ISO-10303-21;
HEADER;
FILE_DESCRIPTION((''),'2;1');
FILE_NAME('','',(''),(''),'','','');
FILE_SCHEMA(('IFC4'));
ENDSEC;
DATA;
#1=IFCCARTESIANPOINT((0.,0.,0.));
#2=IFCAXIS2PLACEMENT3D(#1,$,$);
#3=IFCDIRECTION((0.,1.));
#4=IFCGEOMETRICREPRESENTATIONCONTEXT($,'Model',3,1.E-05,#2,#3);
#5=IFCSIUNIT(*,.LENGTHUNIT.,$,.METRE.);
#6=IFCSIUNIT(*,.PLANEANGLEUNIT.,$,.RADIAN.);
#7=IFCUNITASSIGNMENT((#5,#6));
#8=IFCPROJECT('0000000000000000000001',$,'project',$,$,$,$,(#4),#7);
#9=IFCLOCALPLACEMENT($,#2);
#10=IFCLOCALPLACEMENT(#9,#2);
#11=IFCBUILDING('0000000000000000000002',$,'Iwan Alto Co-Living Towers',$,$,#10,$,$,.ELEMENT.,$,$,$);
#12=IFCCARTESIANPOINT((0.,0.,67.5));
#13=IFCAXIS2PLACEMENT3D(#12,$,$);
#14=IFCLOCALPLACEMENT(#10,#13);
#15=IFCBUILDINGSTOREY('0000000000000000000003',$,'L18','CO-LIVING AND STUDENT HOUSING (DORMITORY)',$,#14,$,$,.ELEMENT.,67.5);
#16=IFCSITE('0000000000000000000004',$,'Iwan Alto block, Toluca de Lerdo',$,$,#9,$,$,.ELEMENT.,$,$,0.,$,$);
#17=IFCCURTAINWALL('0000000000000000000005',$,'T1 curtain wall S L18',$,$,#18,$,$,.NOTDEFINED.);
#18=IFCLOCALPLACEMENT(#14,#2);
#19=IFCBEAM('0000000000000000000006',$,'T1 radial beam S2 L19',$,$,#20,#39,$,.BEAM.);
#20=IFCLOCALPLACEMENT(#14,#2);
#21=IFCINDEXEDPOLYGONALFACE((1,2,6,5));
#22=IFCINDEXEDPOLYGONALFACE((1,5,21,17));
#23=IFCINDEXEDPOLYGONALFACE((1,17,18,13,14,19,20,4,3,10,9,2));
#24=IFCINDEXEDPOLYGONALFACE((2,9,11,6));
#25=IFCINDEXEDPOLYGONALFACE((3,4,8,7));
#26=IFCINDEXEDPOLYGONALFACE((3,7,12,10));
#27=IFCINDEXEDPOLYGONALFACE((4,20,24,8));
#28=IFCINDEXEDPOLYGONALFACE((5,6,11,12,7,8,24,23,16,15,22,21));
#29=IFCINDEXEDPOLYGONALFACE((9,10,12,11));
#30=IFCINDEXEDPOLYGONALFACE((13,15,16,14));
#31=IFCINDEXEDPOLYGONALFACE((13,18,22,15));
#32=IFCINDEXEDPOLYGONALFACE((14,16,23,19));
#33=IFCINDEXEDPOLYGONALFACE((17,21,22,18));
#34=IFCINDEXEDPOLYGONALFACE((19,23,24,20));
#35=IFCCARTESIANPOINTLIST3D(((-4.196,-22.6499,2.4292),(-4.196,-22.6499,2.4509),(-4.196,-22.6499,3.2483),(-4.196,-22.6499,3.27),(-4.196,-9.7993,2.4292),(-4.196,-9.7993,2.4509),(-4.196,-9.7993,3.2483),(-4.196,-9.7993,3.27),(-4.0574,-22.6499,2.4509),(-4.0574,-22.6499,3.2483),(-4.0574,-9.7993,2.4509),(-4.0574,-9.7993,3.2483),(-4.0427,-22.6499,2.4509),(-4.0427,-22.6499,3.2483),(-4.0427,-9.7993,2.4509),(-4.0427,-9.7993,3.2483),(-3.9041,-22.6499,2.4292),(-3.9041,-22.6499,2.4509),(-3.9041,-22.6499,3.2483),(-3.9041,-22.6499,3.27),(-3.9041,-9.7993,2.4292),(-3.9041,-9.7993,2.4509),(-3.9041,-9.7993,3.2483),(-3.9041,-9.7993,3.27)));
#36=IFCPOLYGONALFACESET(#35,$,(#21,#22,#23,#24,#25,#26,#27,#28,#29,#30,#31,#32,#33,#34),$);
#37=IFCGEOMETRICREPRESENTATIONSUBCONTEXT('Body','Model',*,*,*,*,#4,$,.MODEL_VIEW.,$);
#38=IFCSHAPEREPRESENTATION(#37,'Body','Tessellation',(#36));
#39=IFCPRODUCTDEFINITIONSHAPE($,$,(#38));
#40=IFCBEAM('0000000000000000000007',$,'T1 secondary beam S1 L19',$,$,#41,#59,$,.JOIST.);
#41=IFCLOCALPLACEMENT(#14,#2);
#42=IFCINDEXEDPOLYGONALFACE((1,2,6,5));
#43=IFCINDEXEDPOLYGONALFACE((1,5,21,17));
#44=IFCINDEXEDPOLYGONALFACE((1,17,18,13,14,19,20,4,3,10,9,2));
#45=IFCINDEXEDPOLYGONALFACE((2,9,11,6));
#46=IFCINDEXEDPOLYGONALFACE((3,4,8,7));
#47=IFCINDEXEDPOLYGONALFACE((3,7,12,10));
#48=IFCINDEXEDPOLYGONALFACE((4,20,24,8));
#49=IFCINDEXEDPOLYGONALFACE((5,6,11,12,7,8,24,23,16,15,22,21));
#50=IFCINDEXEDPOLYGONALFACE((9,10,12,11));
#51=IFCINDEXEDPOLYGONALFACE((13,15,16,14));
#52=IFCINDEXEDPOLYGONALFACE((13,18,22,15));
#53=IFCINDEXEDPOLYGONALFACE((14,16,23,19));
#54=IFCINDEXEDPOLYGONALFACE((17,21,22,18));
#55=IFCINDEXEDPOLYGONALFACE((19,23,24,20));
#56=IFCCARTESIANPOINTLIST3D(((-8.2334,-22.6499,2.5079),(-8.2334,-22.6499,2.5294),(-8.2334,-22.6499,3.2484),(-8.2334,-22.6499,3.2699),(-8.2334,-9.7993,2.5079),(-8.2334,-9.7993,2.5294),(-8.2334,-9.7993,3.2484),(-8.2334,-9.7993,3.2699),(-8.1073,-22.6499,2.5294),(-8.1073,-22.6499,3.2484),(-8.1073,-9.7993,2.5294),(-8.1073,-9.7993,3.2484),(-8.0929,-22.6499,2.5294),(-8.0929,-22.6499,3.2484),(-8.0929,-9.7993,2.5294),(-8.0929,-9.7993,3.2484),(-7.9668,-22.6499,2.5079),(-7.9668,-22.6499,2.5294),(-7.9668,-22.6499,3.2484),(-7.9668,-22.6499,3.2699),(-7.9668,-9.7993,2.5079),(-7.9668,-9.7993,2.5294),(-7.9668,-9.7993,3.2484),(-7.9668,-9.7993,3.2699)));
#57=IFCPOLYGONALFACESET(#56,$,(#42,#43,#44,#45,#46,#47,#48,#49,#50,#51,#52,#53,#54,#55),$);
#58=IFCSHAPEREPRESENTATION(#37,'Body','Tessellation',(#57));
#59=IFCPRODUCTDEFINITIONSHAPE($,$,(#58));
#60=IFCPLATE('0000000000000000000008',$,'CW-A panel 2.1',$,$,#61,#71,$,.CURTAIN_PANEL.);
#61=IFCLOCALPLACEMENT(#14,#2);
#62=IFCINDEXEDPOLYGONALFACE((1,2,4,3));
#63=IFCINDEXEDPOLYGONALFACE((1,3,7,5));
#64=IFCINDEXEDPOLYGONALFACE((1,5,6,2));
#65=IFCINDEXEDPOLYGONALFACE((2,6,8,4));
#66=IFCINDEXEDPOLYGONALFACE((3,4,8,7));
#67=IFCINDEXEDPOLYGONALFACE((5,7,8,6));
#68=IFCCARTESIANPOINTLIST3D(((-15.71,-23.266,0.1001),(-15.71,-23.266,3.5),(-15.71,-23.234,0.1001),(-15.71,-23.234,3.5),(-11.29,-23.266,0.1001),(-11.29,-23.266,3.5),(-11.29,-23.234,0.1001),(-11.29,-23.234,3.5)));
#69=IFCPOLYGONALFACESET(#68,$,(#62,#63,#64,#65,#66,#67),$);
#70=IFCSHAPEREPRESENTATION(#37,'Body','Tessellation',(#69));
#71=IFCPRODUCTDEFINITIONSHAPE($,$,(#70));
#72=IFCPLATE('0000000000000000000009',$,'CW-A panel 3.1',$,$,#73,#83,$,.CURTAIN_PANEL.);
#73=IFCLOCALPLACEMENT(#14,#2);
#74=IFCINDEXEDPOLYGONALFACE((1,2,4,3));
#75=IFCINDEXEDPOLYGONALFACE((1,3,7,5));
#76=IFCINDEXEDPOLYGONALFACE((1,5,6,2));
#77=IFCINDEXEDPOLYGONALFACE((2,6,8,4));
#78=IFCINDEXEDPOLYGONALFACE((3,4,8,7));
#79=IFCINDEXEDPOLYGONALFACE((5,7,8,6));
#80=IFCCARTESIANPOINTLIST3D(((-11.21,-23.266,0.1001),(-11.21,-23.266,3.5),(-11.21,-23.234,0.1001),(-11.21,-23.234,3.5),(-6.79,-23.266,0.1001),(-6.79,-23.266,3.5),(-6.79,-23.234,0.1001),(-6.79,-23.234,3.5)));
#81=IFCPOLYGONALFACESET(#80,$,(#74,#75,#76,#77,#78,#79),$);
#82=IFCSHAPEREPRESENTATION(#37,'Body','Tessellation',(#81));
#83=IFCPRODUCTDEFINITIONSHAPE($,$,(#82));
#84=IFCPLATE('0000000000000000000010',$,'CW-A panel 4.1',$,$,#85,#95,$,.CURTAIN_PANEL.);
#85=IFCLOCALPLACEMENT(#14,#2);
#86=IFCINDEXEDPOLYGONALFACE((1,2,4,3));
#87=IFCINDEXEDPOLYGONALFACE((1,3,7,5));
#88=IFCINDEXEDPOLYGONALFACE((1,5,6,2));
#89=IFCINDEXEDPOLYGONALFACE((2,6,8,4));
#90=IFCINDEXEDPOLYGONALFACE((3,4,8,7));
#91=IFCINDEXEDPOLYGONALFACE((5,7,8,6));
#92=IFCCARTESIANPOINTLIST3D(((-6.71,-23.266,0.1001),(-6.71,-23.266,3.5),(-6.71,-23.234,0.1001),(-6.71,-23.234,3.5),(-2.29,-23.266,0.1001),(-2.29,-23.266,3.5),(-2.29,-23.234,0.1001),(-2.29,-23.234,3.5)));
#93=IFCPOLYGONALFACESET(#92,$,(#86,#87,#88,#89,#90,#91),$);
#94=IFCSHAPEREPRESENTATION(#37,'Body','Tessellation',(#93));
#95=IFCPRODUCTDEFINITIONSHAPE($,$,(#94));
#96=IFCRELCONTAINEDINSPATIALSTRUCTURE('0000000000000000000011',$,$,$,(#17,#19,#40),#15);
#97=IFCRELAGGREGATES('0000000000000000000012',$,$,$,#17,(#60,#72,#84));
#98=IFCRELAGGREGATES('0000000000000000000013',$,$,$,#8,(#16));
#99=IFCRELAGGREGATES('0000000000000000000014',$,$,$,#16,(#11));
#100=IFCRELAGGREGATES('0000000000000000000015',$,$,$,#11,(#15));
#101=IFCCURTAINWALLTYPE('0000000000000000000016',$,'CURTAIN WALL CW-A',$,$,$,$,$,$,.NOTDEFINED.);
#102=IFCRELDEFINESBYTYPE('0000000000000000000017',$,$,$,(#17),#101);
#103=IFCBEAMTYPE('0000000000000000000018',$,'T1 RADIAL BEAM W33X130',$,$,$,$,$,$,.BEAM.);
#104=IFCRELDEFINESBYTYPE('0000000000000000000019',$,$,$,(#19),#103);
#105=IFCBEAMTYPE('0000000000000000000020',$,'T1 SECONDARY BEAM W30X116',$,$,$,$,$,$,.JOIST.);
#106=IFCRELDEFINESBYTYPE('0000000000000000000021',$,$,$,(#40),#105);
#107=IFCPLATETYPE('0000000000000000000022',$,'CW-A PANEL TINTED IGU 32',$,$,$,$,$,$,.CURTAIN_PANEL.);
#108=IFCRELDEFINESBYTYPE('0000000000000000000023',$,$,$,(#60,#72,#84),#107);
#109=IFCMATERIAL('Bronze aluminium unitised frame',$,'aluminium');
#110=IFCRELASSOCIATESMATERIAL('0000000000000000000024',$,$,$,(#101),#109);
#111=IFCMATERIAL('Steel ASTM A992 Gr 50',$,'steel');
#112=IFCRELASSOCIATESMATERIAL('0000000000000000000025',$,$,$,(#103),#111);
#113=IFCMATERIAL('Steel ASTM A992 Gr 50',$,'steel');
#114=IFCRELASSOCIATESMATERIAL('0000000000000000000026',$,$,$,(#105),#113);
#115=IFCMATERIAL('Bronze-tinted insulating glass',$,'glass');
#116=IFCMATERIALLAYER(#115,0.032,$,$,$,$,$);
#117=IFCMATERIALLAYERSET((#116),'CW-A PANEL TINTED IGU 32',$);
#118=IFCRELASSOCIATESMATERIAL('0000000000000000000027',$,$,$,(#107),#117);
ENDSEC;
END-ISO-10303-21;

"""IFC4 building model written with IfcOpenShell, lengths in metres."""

from ifc_helpers import new_model, si_unit, direction, frame, origin, origin_2d, place, context, subcontext, project, spatial, rectangle, i_section, extrude, material, layer, layer_set, material_profile, profile_set, type_object, element, aggregate, save


model = new_model("IFC4")

# Units and contexts
model_context = context("Model", 3, precision=1e-05, world=origin(), true_north=direction((0.0, 1.0)))
body_context = subcontext(model_context, "Body", "Model", "MODEL_VIEW")
ifc_project = project(units=[si_unit("LENGTHUNIT", "METRE"), si_unit("PLANEANGLEUNIT", "RADIAN")], contexts=[model_context])

# Site, building, storey
site_placement = place(None, origin())
site = spatial("IfcSite", under=ifc_project, at=site_placement, Name="Iwan Alto block, Toluca de Lerdo", CompositionType="ELEMENT", RefElevation=0.0)
building_placement = place(site_placement, origin())
building = spatial("IfcBuilding", under=site, at=building_placement, Name="Iwan Alto Co-Living Towers", CompositionType="ELEMENT")
storey_placement = place(building_placement, frame((0.0, 0.0, 67.5)))
storey = spatial("IfcBuildingStorey", under=building, at=storey_placement, Name="L18", Description="CO-LIVING AND STUDENT HOUSING (DORMITORY)", CompositionType="ELEMENT", Elevation=67.5)

# Curtain wall
ifc_material_1 = material(Name="Bronze aluminium unitised frame", Category="aluminium")
curtain_wall_type = type_object("IfcCurtainWallType", Name="CURTAIN WALL CW-A", PredefinedType="NOTDEFINED", material=ifc_material_1)
curtain_wall_placement = place(storey_placement, origin())
curtain_wall = element("IfcCurtainWall", 1, at=curtain_wall_placement, inside=storey, type_object=curtain_wall_type, Name="T1 curtain wall S L18", PredefinedType="NOTDEFINED")

# Beams
ifc_material_2 = material(Name="Steel ASTM A992 Gr 50", Category="steel")
ifc_material_profile_1 = material_profile(ifc_material_2, i_section(OverallWidth=0.292, OverallDepth=0.8408, WebThickness=0.0146, FlangeThickness=0.0217, at=origin_2d()), Name="W33X130")
ifc_profile_set_1 = profile_set([ifc_material_profile_1], Name="Steel ASTM A992 Gr 50")
beam_type_1 = type_object("IfcBeamType", Name="T1 RADIAL BEAM W33X130", PredefinedType="BEAM", material=ifc_profile_set_1)
beam_1_placement = place(storey_placement, frame((-4.05, -22.6499, 2.8496), z_axis=(0.0, 1.0, 0.0), x_axis=(-1.0, 0.0, 0.0)))
element("IfcBeam", 2, at=beam_1_placement, inside=storey, type_object=beam_type_1, Name="T1 radial beam S2 L19", PredefinedType="BEAM", context=body_context, shape_type="SweptSolid", body=[
    extrude(i_section(OverallWidth=0.292, OverallDepth=0.8408, WebThickness=0.0146, FlangeThickness=0.0217, at=origin_2d()), origin(), (0.0, 0.0, 1.0), 12.8506),
])
ifc_material_3 = material(Name="Steel ASTM A992 Gr 50", Category="steel")
ifc_material_profile_2 = material_profile(ifc_material_3, i_section(OverallWidth=0.2666, OverallDepth=0.762, WebThickness=0.0144, FlangeThickness=0.0215, at=origin_2d()), Name="W30X116")
ifc_profile_set_2 = profile_set([ifc_material_profile_2], Name="Steel ASTM A992 Gr 50")
beam_type_2 = type_object("IfcBeamType", Name="T1 SECONDARY BEAM W30X116", PredefinedType="JOIST", material=ifc_profile_set_2)
beam_2_placement = place(storey_placement, frame((-8.1001, -22.6499, 2.8889), z_axis=(0.0, 1.0, 0.0), x_axis=(-1.0, 0.0, 0.0)))
element("IfcBeam", 3, at=beam_2_placement, inside=storey, type_object=beam_type_2, Name="T1 secondary beam S1 L19", PredefinedType="JOIST", context=body_context, shape_type="SweptSolid", body=[
    extrude(i_section(OverallWidth=0.2666, OverallDepth=0.762, WebThickness=0.0144, FlangeThickness=0.0215, at=origin_2d()), origin(), (0.0, 0.0, 1.0), 12.8506),
])

# Plates
ifc_material_4 = material(Name="Bronze-tinted insulating glass", Category="glass")
ifc_layer_1 = layer(ifc_material_4, 0.032)
ifc_layer_set_1 = layer_set([ifc_layer_1], Name="CW-A PANEL TINTED IGU 32")
plate_type = type_object("IfcPlateType", Name="CW-A PANEL TINTED IGU 32", PredefinedType="CURTAIN_PANEL", material=ifc_layer_set_1)
plate_1_placement = place(storey_placement, frame((-13.5, -23.25, 0.1001), z_axis=(0.0, 0.0, 1.0), x_axis=(1.0, 0.0, 0.0)))
plate_1 = element("IfcPlate", 4, at=plate_1_placement, type_object=plate_type, Name="CW-A panel 2.1", PredefinedType="CURTAIN_PANEL", context=body_context, shape_type="SweptSolid", body=[
    extrude(rectangle(XDim=4.4199, YDim=0.032, at=origin_2d()), origin(), (0.0, 0.0, 1.0), 3.3999),
])
plate_2_placement = place(storey_placement, frame((-9.0, -23.25, 0.1001), z_axis=(0.0, 0.0, 1.0), x_axis=(1.0, 0.0, 0.0)))
plate_2 = element("IfcPlate", 5, at=plate_2_placement, type_object=plate_type, Name="CW-A panel 3.1", PredefinedType="CURTAIN_PANEL", context=body_context, shape_type="SweptSolid", body=[
    extrude(rectangle(XDim=4.4199, YDim=0.032, at=origin_2d()), origin(), (0.0, 0.0, 1.0), 3.3999),
])
plate_3_placement = place(storey_placement, frame((-4.5, -23.25, 0.1001), z_axis=(0.0, 0.0, 1.0), x_axis=(1.0, 0.0, 0.0)))
plate_3 = element("IfcPlate", 6, at=plate_3_placement, type_object=plate_type, Name="CW-A panel 4.1", PredefinedType="CURTAIN_PANEL", context=body_context, shape_type="SweptSolid", body=[
    extrude(rectangle(XDim=4.4199, YDim=0.032, at=origin_2d()), origin(), (0.0, 0.0, 1.0), 3.3999),
])
aggregate(curtain_wall, [plate_1, plate_2, plate_3])

save(model, "model.ifc")
